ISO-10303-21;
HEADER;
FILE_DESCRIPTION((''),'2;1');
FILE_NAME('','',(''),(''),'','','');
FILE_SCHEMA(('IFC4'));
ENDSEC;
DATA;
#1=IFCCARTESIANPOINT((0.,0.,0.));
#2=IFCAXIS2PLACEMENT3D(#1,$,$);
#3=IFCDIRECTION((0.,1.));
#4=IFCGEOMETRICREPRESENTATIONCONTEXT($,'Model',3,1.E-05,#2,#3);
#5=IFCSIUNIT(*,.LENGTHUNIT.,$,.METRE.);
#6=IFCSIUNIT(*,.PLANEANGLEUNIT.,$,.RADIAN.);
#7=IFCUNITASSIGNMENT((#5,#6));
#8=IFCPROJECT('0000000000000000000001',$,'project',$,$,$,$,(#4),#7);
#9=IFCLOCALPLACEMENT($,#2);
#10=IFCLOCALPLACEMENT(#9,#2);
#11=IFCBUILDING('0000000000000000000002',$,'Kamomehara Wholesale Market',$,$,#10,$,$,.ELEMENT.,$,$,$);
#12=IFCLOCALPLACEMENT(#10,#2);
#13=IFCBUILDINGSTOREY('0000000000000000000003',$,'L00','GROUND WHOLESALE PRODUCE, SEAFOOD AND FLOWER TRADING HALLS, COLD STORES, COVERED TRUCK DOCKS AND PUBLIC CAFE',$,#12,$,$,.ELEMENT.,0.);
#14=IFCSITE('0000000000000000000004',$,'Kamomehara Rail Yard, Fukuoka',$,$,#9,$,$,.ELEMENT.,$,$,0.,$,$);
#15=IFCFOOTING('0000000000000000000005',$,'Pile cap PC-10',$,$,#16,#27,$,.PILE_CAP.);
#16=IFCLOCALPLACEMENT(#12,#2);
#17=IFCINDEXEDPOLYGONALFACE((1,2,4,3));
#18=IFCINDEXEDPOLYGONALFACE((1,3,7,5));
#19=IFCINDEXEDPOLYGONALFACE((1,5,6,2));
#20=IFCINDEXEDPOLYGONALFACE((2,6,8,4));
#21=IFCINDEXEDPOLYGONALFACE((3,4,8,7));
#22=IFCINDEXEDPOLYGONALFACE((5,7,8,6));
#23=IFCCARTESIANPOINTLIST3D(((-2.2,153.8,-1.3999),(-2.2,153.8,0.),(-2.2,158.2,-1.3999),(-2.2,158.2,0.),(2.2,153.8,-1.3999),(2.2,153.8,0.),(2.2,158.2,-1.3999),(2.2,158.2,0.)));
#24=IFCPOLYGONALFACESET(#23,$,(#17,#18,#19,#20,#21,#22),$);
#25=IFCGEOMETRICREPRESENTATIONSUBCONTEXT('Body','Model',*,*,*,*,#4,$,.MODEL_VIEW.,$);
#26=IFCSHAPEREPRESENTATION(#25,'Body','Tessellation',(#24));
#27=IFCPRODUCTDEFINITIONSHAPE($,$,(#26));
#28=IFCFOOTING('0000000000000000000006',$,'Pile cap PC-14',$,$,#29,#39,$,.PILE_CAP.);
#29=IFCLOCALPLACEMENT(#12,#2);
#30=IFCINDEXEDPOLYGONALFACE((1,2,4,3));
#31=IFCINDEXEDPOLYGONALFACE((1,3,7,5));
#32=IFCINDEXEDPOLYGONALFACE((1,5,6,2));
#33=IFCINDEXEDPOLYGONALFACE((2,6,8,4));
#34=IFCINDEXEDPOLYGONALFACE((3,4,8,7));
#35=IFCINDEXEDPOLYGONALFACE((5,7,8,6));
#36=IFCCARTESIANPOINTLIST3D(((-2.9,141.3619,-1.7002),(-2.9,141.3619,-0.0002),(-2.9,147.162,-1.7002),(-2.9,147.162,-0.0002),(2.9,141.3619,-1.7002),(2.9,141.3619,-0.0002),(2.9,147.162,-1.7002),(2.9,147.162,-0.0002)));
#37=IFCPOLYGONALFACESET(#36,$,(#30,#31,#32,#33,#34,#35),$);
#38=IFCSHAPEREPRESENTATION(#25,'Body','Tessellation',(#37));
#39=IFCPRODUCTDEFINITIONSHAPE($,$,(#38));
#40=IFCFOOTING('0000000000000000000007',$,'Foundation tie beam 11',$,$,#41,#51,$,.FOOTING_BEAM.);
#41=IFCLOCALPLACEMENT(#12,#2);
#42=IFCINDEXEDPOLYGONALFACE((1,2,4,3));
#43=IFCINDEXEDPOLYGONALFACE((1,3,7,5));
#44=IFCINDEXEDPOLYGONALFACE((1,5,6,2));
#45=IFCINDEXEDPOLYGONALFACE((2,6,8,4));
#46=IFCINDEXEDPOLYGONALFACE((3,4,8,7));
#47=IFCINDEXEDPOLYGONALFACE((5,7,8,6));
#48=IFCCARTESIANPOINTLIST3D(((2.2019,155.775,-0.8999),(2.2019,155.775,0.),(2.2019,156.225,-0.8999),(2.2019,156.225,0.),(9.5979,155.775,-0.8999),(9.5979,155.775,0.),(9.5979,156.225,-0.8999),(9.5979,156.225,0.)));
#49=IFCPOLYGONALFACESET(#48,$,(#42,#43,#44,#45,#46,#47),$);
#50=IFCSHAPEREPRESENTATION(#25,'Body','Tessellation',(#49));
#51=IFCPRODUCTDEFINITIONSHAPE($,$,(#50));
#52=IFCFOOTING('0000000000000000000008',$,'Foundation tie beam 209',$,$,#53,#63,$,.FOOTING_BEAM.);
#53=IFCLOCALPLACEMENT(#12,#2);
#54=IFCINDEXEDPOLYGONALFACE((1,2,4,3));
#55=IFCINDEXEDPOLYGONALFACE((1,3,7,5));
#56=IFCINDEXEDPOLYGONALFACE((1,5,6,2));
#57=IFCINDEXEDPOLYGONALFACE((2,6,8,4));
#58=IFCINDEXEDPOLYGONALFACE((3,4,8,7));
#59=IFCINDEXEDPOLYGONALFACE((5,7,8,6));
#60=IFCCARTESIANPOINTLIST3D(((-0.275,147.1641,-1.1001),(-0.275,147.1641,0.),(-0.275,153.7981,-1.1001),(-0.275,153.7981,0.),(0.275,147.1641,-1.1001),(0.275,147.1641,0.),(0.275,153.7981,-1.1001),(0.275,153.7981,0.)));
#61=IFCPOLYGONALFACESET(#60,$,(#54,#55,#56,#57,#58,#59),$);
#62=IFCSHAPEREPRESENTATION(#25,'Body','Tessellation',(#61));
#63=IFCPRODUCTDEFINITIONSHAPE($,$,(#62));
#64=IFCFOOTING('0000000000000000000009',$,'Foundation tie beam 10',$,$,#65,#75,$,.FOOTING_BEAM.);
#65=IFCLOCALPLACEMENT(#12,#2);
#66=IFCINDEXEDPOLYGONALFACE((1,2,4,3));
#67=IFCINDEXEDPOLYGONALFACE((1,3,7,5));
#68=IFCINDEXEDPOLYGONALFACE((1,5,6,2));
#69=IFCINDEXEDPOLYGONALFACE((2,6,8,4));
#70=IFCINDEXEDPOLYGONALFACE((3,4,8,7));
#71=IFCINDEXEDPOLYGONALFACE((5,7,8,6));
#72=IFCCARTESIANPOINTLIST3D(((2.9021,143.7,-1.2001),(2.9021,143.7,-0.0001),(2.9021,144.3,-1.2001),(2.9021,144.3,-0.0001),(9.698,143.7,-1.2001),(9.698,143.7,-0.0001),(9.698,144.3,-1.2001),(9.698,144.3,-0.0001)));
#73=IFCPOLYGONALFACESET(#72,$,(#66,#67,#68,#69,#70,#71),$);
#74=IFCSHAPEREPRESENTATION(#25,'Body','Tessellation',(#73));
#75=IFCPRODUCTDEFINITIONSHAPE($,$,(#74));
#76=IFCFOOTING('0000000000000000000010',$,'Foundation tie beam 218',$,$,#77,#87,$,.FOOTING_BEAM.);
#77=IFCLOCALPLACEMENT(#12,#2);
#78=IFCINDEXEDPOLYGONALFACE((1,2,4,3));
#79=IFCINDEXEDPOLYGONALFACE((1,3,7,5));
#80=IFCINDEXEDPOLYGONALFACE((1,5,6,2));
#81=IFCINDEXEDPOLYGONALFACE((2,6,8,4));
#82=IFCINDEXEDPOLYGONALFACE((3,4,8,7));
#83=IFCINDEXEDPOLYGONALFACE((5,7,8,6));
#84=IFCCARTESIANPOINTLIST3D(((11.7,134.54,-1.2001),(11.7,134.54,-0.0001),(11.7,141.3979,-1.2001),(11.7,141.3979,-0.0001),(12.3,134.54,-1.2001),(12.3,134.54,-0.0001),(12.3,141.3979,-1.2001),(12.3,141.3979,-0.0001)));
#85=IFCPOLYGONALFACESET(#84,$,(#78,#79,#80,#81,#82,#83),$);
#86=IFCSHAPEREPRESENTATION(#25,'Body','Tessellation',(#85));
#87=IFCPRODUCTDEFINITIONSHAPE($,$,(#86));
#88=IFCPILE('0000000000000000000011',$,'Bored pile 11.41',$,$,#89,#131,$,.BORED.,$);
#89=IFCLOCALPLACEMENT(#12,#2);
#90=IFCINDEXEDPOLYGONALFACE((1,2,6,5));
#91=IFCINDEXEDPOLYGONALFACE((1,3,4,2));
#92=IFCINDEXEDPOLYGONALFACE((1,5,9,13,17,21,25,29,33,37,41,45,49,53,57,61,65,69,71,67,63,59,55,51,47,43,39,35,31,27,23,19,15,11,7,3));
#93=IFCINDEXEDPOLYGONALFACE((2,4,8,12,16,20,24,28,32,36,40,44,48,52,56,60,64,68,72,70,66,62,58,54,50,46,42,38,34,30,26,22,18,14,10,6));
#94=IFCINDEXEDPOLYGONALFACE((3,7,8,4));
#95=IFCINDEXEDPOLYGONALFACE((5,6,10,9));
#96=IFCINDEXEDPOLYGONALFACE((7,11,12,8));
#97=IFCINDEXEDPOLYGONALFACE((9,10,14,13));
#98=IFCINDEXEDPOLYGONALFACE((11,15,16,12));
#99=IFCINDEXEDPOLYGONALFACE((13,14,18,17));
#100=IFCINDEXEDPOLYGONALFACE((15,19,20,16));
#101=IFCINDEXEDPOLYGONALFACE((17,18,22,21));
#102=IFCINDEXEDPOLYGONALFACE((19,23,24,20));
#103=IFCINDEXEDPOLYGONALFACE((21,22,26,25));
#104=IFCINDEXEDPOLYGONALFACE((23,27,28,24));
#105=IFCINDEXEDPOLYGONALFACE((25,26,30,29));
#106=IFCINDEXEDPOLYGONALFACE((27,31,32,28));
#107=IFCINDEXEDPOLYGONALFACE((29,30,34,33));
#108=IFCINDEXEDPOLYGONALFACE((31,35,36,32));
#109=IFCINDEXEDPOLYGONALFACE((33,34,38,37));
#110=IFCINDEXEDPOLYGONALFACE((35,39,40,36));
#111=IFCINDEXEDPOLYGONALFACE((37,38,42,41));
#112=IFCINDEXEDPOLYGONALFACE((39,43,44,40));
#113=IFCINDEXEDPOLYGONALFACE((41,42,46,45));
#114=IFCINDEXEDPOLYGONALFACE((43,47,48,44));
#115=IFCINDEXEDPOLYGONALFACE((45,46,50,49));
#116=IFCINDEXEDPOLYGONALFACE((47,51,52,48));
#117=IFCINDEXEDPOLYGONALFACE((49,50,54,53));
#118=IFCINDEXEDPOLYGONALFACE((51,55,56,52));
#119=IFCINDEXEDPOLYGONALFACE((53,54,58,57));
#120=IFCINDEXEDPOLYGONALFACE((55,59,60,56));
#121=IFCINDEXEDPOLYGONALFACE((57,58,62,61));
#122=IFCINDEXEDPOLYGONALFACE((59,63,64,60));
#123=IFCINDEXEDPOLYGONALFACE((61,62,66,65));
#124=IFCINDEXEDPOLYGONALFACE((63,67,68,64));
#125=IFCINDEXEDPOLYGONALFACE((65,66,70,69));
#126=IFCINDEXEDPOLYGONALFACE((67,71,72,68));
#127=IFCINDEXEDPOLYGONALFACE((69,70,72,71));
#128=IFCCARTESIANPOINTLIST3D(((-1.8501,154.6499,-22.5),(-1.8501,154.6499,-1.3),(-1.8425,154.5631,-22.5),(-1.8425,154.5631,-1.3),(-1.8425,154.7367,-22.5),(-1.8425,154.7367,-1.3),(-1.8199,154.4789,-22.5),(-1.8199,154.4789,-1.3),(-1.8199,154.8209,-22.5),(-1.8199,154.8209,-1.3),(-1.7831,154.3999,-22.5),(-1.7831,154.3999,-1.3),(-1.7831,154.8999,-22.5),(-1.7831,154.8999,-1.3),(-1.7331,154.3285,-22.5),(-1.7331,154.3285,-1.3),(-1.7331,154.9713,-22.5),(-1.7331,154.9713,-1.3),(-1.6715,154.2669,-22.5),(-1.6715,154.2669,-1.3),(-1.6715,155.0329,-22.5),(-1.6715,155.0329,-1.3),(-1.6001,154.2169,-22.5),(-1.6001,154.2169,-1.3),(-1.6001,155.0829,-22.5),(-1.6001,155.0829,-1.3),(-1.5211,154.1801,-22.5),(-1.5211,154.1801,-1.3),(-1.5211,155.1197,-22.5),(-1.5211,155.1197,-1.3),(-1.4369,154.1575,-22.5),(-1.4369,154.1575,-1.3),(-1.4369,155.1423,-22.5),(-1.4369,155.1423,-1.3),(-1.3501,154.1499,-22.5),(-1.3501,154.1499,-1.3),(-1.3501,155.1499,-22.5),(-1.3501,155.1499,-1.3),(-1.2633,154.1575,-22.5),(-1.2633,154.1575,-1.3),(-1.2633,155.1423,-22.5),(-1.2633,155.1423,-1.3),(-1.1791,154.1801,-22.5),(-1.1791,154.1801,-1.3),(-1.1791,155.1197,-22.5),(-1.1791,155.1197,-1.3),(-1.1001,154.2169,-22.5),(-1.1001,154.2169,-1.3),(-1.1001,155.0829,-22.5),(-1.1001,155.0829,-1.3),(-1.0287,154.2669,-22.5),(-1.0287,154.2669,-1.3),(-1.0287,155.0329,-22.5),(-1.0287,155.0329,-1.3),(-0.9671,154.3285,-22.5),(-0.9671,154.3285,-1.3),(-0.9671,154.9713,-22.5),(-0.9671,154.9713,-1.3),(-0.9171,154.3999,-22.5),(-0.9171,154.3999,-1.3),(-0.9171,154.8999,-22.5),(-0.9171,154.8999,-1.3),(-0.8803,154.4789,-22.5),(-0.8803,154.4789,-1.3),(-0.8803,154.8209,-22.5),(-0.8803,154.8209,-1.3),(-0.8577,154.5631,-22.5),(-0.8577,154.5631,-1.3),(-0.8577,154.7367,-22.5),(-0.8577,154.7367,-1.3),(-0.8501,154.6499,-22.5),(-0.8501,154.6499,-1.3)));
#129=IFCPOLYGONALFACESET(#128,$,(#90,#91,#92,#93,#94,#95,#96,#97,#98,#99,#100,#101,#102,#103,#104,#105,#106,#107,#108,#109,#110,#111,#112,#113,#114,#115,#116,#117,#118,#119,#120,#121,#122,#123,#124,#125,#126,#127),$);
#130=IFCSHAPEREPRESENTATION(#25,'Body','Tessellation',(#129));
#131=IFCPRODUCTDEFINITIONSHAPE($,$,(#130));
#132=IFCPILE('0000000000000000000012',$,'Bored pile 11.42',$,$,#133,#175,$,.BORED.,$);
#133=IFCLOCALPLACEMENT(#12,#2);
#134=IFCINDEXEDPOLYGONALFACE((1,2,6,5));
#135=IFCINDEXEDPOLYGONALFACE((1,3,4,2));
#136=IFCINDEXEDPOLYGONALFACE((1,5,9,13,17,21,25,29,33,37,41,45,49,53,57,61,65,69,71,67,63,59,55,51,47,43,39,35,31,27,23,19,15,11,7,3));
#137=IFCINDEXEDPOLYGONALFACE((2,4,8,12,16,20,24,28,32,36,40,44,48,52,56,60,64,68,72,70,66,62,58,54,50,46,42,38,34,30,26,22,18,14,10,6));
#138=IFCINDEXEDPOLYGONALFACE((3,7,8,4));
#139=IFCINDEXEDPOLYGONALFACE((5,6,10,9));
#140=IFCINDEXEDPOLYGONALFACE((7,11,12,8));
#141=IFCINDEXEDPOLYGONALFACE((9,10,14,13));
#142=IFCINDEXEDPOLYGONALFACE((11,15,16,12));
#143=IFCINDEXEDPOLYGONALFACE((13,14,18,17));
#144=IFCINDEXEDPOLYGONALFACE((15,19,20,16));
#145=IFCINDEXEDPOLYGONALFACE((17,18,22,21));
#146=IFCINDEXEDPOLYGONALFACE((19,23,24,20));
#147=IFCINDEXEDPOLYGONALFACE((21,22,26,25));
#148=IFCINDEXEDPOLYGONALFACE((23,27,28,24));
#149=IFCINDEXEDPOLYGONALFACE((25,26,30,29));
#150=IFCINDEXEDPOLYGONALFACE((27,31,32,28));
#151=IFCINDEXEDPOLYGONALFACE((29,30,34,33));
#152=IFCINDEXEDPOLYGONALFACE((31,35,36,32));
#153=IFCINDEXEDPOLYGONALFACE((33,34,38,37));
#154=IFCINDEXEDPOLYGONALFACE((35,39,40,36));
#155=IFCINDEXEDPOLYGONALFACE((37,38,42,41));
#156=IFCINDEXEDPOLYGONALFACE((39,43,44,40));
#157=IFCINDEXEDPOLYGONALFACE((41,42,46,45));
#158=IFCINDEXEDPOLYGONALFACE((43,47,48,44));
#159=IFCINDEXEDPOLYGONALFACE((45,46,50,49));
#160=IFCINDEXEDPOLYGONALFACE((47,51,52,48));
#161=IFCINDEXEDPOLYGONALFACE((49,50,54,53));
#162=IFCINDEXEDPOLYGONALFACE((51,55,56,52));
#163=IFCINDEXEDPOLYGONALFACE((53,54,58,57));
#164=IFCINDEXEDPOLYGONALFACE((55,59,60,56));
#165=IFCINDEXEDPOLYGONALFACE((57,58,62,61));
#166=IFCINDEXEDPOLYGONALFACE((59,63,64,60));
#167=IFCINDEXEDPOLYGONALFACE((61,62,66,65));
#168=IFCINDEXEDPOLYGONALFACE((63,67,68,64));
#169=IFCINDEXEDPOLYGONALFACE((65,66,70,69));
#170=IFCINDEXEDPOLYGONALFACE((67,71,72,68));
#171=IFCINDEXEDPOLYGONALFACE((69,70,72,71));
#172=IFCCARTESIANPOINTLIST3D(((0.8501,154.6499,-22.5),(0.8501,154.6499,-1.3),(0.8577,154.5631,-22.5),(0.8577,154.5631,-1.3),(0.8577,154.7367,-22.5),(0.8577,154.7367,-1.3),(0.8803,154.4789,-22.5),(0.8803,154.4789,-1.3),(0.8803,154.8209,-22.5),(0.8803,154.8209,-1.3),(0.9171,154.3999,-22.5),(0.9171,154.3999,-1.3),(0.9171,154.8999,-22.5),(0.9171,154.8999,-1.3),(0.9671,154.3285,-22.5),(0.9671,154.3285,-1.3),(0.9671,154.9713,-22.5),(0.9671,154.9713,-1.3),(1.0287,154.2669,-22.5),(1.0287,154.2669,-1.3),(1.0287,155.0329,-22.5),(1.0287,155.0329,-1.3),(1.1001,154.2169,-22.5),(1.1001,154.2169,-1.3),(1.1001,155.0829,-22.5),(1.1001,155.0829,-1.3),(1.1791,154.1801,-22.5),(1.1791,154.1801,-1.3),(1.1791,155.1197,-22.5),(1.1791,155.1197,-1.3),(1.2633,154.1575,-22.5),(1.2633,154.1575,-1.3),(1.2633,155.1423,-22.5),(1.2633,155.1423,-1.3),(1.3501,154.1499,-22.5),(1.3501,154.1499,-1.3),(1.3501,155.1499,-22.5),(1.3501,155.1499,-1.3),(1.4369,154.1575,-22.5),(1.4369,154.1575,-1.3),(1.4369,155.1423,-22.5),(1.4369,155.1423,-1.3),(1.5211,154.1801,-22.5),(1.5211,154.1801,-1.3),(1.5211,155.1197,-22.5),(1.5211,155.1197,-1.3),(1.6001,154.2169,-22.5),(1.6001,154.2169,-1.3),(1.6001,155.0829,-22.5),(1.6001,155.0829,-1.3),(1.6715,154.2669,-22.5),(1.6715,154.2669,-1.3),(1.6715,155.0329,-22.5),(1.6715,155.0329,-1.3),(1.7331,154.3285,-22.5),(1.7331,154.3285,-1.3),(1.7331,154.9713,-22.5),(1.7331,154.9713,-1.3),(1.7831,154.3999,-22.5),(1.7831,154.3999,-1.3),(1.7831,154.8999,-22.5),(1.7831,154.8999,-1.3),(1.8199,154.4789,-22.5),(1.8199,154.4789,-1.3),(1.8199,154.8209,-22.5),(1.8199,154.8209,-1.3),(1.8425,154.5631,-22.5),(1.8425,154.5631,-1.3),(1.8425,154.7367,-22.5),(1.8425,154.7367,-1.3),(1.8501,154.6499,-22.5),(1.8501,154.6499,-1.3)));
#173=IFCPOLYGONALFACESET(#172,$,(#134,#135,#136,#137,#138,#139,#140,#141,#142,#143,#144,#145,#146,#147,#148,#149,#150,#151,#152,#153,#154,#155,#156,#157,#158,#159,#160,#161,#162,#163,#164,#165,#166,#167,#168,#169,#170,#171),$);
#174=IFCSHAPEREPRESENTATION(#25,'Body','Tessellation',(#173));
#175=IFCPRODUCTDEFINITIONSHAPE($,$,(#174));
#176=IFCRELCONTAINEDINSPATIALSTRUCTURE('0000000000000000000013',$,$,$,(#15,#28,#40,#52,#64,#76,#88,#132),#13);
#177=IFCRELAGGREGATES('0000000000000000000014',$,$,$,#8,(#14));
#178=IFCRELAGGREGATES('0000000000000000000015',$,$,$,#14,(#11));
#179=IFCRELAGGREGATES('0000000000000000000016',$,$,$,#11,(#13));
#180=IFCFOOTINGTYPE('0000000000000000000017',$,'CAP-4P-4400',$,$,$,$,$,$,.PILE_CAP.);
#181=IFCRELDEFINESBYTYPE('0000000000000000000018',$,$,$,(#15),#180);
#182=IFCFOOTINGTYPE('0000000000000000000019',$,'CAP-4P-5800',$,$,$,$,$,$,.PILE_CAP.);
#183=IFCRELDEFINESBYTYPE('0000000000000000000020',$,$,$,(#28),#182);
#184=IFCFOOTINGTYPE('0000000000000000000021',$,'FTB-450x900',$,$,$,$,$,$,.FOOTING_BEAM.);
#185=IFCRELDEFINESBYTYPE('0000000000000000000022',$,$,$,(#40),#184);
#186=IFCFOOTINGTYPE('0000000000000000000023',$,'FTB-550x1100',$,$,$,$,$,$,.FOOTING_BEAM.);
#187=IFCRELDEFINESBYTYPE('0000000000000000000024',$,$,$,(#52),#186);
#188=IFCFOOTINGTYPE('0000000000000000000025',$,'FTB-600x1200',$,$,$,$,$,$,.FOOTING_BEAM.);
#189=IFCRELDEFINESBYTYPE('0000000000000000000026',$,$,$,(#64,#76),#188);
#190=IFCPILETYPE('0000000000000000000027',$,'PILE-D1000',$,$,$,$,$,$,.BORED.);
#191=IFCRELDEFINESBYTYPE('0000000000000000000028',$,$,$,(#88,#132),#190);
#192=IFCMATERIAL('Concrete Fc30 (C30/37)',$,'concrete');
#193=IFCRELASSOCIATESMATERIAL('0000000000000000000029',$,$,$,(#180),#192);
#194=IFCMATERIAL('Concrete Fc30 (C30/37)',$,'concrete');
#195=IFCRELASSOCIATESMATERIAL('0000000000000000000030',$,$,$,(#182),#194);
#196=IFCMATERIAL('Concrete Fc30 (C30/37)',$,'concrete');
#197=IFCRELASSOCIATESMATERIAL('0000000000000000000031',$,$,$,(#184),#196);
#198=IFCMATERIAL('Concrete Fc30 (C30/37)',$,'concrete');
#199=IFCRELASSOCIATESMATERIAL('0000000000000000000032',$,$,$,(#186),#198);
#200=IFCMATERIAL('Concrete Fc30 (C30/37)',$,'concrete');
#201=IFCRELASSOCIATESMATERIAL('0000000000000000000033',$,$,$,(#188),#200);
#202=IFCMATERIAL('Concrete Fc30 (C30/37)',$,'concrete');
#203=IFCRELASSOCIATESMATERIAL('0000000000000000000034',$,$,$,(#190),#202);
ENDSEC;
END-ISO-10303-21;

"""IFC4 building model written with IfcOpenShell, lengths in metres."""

from ifc_helpers import new_model, si_unit, direction, frame, origin, origin_2d, place, context, subcontext, project, spatial, rectangle, circle, extrude, material, material_profile, profile_set, type_object, element, save


model = new_model("IFC4")

# Units and contexts
model_context = context("Model", 3, precision=1e-05, world=origin(), true_north=direction((0.0, 1.0)))
body_context = subcontext(model_context, "Body", "Model", "MODEL_VIEW")
ifc_project = project(units=[si_unit("LENGTHUNIT", "METRE"), si_unit("PLANEANGLEUNIT", "RADIAN")], contexts=[model_context])

# Site, building, storey
site_placement = place(None, origin())
site = spatial("IfcSite", under=ifc_project, at=site_placement, Name="Kamomehara Rail Yard, Fukuoka", CompositionType="ELEMENT", RefElevation=0.0)
building_placement = place(site_placement, origin())
building = spatial("IfcBuilding", under=site, at=building_placement, Name="Kamomehara Wholesale Market", CompositionType="ELEMENT")
storey_placement = place(building_placement, origin())
storey = spatial("IfcBuildingStorey", under=building, at=storey_placement, Name="L00", Description="GROUND WHOLESALE PRODUCE, SEAFOOD AND FLOWER TRADING HALLS, COLD STORES, COVERED TRUCK DOCKS AND PUBLIC CAFE", CompositionType="ELEMENT", Elevation=0.0)

# Footings
ifc_material_1 = material(Name="Concrete Fc30 (C30/37)", Category="concrete")
footing_type_1 = type_object("IfcFootingType", Name="CAP-4P-4400", PredefinedType="PILE_CAP", material=ifc_material_1)
footing_1_placement = place(storey_placement, frame((0.0, 156.0, -1.3999), z_axis=(0.0, 0.0, 1.0), x_axis=(1.0, 0.0, 0.0)))
element("IfcFooting", 1, at=footing_1_placement, inside=storey, type_object=footing_type_1, Name="Pile cap PC-10", PredefinedType="PILE_CAP", context=body_context, shape_type="SweptSolid", body=[
    extrude(rectangle(XDim=4.3999, YDim=4.3999, at=origin_2d()), origin(), (0.0, 0.0, 1.0), 1.3999),
])
ifc_material_2 = material(Name="Concrete Fc30 (C30/37)", Category="concrete")
footing_type_2 = type_object("IfcFootingType", Name="CAP-4P-5800", PredefinedType="PILE_CAP", material=ifc_material_2)
footing_2_placement = place(storey_placement, frame((0.0, 144.262, -1.7002), z_axis=(0.0, 0.0, 1.0), x_axis=(1.0, 0.0, 0.0)))
element("IfcFooting", 2, at=footing_2_placement, inside=storey, type_object=footing_type_2, Name="Pile cap PC-14", PredefinedType="PILE_CAP", context=body_context, shape_type="SweptSolid", body=[
    extrude(rectangle(XDim=5.8, YDim=5.8, at=origin_2d()), origin(), (0.0, 0.0, 1.0), 1.7),
])
ifc_material_3 = material(Name="Concrete Fc30 (C30/37)", Category="concrete")
ifc_material_profile_1 = material_profile(ifc_material_3, rectangle(XDim=0.45, YDim=0.8999, at=origin_2d()), Name="RC-FTB-450x900")
ifc_profile_set_1 = profile_set([ifc_material_profile_1], Name="Concrete Fc30 (C30/37)")
footing_type_3 = type_object("IfcFootingType", Name="FTB-450x900", PredefinedType="FOOTING_BEAM", material=ifc_profile_set_1)
footing_3_placement = place(storey_placement, frame((2.2019, 156.0, -0.45), z_axis=(1.0, 0.0, 0.0), x_axis=(0.0, 1.0, 0.0)))
element("IfcFooting", 3, at=footing_3_placement, inside=storey, type_object=footing_type_3, Name="Foundation tie beam 11", PredefinedType="FOOTING_BEAM", context=body_context, shape_type="SweptSolid", body=[
    extrude(rectangle(XDim=0.45, YDim=0.8999, at=origin_2d()), origin(), (0.0, 0.0, 1.0), 7.396),
])
ifc_material_4 = material(Name="Concrete Fc30 (C30/37)", Category="concrete")
ifc_material_profile_2 = material_profile(ifc_material_4, rectangle(XDim=0.55, YDim=1.1001, at=origin_2d()), Name="RC-FTB-550x1100")
ifc_profile_set_2 = profile_set([ifc_material_profile_2], Name="Concrete Fc30 (C30/37)")
footing_type_4 = type_object("IfcFootingType", Name="FTB-550x1100", PredefinedType="FOOTING_BEAM", material=ifc_profile_set_2)
footing_4_placement = place(storey_placement, frame((0.0, 147.1641, -0.55), z_axis=(0.0, 1.0, 0.0), x_axis=(-1.0, 0.0, 0.0)))
element("IfcFooting", 4, at=footing_4_placement, inside=storey, type_object=footing_type_4, Name="Foundation tie beam 209", PredefinedType="FOOTING_BEAM", context=body_context, shape_type="SweptSolid", body=[
    extrude(rectangle(XDim=0.55, YDim=1.1001, at=origin_2d()), origin(), (0.0, 0.0, 1.0), 6.634),
])
ifc_material_5 = material(Name="Concrete Fc30 (C30/37)", Category="concrete")
ifc_material_profile_3 = material_profile(ifc_material_5, rectangle(XDim=0.6001, YDim=1.2, at=origin_2d()), Name="RC-FTB-600x1200")
ifc_profile_set_3 = profile_set([ifc_material_profile_3], Name="Concrete Fc30 (C30/37)")
footing_type_5 = type_object("IfcFootingType", Name="FTB-600x1200", PredefinedType="FOOTING_BEAM", material=ifc_profile_set_3)
footing_5_placement = place(storey_placement, frame((2.9021, 144.0, -0.6001), z_axis=(1.0, 0.0, 0.0), x_axis=(0.0, 1.0, 0.0)))
element("IfcFooting", 5, at=footing_5_placement, inside=storey, type_object=footing_type_5, Name="Foundation tie beam 10", PredefinedType="FOOTING_BEAM", context=body_context, shape_type="SweptSolid", body=[
    extrude(rectangle(XDim=0.6001, YDim=1.2, at=origin_2d()), origin(), (0.0, 0.0, 1.0), 6.7959),
])
footing_6_placement = place(storey_placement, frame((12.0, 134.54, -0.6001), z_axis=(0.0, 1.0, 0.0), x_axis=(-1.0, 0.0, 0.0)))
element("IfcFooting", 6, at=footing_6_placement, inside=storey, type_object=footing_type_5, Name="Foundation tie beam 218", PredefinedType="FOOTING_BEAM", context=body_context, shape_type="SweptSolid", body=[
    extrude(rectangle(XDim=0.6001, YDim=1.2, at=origin_2d()), origin(), (0.0, 0.0, 1.0), 6.8579),
])

# Piles
ifc_material_6 = material(Name="Concrete Fc30 (C30/37)", Category="concrete")
ifc_material_profile_4 = material_profile(ifc_material_6, circle(Radius=0.5, at=origin_2d()), Name="RC-PILE-D1000")
ifc_profile_set_4 = profile_set([ifc_material_profile_4], Name="Concrete Fc30 (C30/37)")
pile_type_1 = type_object("IfcPileType", Name="PILE-D1000", PredefinedType="BORED", material=ifc_profile_set_4)
for number, where, z_axis, x_axis, name in (
    (7, (-1.3501, 154.6499, -1.3), (0.0, 0.0, -1.0), (1.0, 0.0, 0.0), "Bored pile 11.41"),
    (8, (1.3501, 154.6499, -1.3), (0.0, 0.0, -1.0), (1.0, 0.0, 0.0), "Bored pile 11.42"),
):
    element("IfcPile", number, at=place(storey_placement, frame(where, z_axis=z_axis, x_axis=x_axis)), inside=storey, type_object=pile_type_1, Name=name, PredefinedType="BORED", context=body_context, shape_type="SweptSolid", body=[
        extrude(circle(Radius=0.5, at=origin_2d()), origin(), (0.0, 0.0, 1.0), 21.2),
    ])

save(model, "model.ifc")
